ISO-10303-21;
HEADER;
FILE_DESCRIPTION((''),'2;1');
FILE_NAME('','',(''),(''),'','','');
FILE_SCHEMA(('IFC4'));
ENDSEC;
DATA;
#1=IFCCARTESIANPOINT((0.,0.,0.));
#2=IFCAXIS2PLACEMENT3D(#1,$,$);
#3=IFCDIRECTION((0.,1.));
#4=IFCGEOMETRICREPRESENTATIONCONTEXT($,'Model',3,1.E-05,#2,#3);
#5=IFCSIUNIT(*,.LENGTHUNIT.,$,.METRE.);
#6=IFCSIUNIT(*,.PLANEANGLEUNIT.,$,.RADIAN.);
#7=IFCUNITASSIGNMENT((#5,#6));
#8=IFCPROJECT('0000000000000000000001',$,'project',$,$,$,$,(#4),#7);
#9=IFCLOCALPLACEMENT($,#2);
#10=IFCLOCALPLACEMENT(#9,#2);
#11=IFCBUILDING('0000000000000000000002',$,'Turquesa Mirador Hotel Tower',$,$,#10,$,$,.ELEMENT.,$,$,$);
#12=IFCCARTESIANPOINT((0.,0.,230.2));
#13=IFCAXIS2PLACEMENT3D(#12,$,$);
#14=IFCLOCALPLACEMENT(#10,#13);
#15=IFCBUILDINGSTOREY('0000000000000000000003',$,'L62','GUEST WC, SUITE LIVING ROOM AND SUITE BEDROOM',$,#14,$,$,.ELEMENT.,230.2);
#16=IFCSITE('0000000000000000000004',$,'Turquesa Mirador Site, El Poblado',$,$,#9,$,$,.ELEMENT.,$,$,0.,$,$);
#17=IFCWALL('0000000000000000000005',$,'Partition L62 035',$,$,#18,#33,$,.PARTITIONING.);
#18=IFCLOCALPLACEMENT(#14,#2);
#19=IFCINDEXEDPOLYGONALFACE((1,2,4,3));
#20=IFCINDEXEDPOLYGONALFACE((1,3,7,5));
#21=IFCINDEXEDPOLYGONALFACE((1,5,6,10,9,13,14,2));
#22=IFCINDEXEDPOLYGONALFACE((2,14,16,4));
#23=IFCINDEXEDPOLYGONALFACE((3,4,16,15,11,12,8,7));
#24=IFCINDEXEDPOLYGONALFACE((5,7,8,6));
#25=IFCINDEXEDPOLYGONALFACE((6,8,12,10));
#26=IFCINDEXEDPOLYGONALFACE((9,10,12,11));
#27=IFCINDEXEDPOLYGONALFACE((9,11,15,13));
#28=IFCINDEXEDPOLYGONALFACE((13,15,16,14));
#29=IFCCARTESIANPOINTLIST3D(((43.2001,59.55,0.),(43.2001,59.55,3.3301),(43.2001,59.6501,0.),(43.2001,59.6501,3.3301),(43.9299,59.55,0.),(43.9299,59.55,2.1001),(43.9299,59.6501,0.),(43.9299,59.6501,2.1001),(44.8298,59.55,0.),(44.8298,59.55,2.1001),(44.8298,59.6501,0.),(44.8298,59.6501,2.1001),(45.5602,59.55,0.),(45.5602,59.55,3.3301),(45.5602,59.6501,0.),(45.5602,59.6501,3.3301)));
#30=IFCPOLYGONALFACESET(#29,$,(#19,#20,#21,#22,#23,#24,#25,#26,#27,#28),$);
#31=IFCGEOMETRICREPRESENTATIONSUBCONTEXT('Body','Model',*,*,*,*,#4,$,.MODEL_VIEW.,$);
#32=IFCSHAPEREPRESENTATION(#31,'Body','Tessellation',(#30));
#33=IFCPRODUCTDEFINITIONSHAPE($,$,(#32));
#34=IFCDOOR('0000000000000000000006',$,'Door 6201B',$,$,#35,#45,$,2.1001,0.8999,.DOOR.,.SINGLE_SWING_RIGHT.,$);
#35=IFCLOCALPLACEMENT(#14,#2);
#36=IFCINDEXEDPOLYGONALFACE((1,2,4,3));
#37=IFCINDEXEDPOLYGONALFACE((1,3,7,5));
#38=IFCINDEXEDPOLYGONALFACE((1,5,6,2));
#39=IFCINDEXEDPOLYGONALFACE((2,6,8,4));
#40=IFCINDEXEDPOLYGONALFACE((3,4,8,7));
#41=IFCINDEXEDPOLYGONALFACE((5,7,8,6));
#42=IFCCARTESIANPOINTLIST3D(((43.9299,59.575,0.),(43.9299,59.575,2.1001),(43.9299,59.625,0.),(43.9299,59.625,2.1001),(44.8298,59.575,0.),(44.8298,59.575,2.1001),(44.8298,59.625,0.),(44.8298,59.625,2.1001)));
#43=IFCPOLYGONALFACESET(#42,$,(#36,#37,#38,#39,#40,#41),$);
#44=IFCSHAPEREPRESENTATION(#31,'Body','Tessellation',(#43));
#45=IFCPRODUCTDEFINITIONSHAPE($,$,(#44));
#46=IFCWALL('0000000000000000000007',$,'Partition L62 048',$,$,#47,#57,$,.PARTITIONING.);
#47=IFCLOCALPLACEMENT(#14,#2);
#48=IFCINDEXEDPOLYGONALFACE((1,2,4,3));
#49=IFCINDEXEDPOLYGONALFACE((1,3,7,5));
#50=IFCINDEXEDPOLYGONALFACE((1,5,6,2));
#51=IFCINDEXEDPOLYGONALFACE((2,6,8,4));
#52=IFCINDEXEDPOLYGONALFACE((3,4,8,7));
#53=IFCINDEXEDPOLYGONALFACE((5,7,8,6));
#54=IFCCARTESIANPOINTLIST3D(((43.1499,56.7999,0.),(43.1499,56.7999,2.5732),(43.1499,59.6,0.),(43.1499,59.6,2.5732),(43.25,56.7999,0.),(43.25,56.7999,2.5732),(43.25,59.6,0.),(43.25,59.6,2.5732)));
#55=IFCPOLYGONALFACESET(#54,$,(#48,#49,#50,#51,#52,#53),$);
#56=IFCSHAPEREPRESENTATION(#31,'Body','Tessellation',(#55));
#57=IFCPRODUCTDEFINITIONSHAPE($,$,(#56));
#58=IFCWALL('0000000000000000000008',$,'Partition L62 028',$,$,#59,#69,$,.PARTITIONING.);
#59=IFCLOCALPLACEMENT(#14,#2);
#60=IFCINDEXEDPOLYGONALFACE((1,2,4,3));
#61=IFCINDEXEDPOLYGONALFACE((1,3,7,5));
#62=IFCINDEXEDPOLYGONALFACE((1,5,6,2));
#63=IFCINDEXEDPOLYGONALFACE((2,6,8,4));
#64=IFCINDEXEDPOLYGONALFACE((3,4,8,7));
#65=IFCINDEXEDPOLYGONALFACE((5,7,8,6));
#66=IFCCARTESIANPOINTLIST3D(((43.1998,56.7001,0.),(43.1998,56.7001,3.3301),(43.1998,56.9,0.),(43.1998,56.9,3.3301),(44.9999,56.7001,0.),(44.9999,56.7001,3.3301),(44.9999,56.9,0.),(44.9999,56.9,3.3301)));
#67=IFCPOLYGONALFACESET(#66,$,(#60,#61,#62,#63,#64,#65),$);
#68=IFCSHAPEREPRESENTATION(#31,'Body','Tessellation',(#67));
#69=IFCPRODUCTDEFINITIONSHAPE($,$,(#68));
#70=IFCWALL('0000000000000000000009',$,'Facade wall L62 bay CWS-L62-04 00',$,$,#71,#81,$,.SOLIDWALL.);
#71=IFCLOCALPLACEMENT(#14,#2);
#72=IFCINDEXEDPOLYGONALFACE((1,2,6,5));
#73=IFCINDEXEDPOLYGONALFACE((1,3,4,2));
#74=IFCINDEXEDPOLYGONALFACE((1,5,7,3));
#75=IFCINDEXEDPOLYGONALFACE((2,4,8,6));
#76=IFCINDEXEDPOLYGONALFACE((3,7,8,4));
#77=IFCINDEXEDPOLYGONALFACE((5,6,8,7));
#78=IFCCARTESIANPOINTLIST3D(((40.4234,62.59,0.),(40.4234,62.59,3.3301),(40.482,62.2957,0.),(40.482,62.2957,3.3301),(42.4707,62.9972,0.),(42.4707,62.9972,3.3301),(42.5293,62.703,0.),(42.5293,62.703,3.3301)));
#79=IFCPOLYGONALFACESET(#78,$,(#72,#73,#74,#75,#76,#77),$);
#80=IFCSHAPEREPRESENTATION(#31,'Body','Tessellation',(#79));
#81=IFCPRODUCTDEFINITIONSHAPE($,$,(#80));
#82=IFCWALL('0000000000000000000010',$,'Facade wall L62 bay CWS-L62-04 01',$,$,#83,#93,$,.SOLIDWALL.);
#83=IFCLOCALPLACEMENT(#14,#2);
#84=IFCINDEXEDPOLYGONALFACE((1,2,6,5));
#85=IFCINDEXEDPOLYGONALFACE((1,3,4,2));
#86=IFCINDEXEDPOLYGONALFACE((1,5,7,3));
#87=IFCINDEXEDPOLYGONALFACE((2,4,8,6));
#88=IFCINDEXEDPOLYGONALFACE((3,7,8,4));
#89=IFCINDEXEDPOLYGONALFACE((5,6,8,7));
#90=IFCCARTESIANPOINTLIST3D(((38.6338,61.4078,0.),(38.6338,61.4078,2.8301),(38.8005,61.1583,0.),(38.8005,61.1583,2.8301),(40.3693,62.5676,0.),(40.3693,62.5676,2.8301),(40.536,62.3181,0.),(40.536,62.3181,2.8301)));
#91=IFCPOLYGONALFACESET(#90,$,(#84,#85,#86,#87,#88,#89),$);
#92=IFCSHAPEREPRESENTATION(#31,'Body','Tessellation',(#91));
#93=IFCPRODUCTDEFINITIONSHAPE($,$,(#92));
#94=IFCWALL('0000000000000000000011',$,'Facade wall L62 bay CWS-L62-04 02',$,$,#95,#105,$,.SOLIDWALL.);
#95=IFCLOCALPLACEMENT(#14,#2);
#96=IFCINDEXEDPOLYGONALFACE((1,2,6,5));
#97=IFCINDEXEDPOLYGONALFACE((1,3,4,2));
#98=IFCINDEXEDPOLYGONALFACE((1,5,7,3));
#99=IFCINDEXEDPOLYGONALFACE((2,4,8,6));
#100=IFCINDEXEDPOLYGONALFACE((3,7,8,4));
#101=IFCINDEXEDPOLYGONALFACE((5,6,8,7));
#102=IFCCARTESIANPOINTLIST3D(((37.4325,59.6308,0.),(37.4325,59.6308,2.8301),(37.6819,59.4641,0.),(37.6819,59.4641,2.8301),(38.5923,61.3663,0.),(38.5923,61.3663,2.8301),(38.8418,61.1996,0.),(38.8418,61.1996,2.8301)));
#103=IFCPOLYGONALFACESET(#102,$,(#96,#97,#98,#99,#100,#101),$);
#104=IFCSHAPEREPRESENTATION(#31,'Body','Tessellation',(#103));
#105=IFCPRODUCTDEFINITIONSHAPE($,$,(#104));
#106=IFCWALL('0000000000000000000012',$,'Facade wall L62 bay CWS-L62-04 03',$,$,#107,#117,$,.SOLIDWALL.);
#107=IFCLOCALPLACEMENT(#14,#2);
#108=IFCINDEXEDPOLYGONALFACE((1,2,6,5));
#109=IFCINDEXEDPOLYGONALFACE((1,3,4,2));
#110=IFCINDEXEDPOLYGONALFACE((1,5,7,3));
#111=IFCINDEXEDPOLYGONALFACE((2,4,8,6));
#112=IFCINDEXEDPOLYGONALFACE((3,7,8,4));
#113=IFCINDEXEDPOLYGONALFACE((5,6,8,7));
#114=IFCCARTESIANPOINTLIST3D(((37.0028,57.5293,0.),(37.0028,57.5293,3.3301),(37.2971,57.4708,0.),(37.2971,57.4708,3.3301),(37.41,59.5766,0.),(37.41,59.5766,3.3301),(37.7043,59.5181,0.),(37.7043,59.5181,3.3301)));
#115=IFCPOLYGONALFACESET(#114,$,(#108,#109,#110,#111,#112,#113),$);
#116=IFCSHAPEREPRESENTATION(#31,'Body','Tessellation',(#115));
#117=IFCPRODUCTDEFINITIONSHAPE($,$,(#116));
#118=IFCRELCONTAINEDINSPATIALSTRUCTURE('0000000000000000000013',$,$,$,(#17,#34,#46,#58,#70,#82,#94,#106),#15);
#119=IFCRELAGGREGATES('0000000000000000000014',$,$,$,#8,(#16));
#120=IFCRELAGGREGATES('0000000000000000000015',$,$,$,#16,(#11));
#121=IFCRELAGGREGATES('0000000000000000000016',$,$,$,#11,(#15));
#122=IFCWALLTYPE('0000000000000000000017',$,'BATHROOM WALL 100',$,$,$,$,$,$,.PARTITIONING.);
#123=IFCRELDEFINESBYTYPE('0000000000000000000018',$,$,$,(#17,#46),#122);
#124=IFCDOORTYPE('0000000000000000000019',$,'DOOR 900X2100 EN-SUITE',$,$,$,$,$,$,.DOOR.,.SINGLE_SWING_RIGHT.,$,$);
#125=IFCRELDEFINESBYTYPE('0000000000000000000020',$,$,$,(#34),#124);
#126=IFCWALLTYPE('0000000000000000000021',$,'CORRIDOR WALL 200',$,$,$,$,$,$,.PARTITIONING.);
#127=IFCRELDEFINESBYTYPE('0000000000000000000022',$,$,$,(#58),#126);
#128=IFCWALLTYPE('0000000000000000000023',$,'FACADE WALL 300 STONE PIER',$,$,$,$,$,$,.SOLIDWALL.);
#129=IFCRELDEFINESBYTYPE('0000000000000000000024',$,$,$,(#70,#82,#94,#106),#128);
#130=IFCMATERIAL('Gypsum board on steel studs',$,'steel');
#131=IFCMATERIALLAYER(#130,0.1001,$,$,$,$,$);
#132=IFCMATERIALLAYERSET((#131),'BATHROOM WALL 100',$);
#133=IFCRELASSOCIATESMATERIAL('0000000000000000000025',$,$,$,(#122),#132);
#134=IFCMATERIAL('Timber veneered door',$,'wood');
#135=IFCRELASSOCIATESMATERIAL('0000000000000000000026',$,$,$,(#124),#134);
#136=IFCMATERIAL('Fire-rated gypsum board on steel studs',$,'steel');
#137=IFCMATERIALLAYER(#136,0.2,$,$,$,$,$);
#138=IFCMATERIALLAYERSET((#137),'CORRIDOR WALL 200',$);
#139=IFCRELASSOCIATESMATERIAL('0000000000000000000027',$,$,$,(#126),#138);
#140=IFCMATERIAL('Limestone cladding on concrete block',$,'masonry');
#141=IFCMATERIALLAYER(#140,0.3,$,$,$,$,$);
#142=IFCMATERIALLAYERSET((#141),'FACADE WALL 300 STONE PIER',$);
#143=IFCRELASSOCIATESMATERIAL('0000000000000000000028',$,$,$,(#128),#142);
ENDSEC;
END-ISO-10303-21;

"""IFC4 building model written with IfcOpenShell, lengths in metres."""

from ifc_helpers import new_model, si_unit, direction, frame, frame_2d, origin, place, context, subcontext, project, spatial, rectangle, extrude, material, layer, layer_set, type_object, element, fill, save


model = new_model("IFC4")

# Units and contexts
model_context = context("Model", 3, precision=1e-05, world=origin(), true_north=direction((0.0, 1.0)))
body_context = subcontext(model_context, "Body", "Model", "MODEL_VIEW")
ifc_project = project(units=[si_unit("LENGTHUNIT", "METRE"), si_unit("PLANEANGLEUNIT", "RADIAN")], contexts=[model_context])

# Site, building, storey
site_placement = place(None, origin())
site = spatial("IfcSite", under=ifc_project, at=site_placement, Name="Turquesa Mirador Site, El Poblado", CompositionType="ELEMENT", RefElevation=0.0)
building_placement = place(site_placement, origin())
building = spatial("IfcBuilding", under=site, at=building_placement, Name="Turquesa Mirador Hotel Tower", CompositionType="ELEMENT")
storey_placement = place(building_placement, frame((0.0, 0.0, 230.2)))
storey = spatial("IfcBuildingStorey", under=building, at=storey_placement, Name="L62", Description="GUEST WC, SUITE LIVING ROOM AND SUITE BEDROOM", CompositionType="ELEMENT", Elevation=230.2)

# Wall, opening, door
ifc_material_1 = material(Name="Gypsum board on steel studs", Category="steel")
ifc_layer_1 = layer(ifc_material_1, 0.1001)
ifc_layer_set_1 = layer_set([ifc_layer_1], Name="BATHROOM WALL 100")
wall_type_1 = type_object("IfcWallType", Name="BATHROOM WALL 100", PredefinedType="PARTITIONING", material=ifc_layer_set_1)
wall_1_placement = place(storey_placement, frame((43.2, 59.6001, 0.0), z_axis=(0.0, 0.0, 1.0), x_axis=(1.0, 0.0, 0.0)))
wall_1 = element("IfcWall", 1, at=wall_1_placement, inside=storey, type_object=wall_type_1, Name="Partition L62 035", PredefinedType="PARTITIONING", context=body_context, shape_type="SweptSolid", body=[
    extrude(rectangle(XDim=2.3601, YDim=0.1001, at=frame_2d((1.1802, 0.0))), origin(), (0.0, 0.0, 1.0), 3.3301),
])
opening_placement = place(wall_1_placement, frame((0.73, 0.0, 0.0)))
opening = element("IfcOpeningElement", 2, at=opening_placement, cuts=wall_1, PredefinedType="OPENING", context=body_context, shape_type="SweptSolid", body=[
    extrude(rectangle(XDim=0.8999, YDim=2.1001, at=frame_2d((0.45, 1.05))), frame((0.0, 0.0601, 0.0), z_axis=(0.0, -1.0, 0.0), x_axis=(1.0, 0.0, 0.0)), (0.0, 0.0, 1.0), 0.1201),
])
ifc_material_2 = material(Name="Timber veneered door", Category="wood")
door_type = type_object("IfcDoorType", Name="DOOR 900X2100 EN-SUITE", OperationType="SINGLE_SWING_RIGHT", PredefinedType="DOOR", material=ifc_material_2)
door_placement = place(opening_placement, origin())
door = element("IfcDoor", 3, at=door_placement, inside=storey, type_object=door_type, Name="Door 6201B", OperationType="SINGLE_SWING_RIGHT", OverallHeight=2.1001, OverallWidth=0.8999, PredefinedType="DOOR", context=body_context, shape_type="SweptSolid", body=[
    extrude(rectangle(XDim=0.8999, YDim=2.1001, at=frame_2d((0.45, 1.05))), frame((0.0, 0.0249, 0.0), z_axis=(0.0, -1.0, 0.0), x_axis=(1.0, 0.0, 0.0)), (0.0, 0.0, 1.0), 0.05),
])
fill(opening, door)

# Walls
wall_2_placement = place(storey_placement, frame((43.2, 56.8, 0.0), z_axis=(0.0, 0.0, 1.0), x_axis=(0.0, 1.0, 0.0)))
element("IfcWall", 4, at=wall_2_placement, inside=storey, type_object=wall_type_1, Name="Partition L62 048", PredefinedType="PARTITIONING", context=body_context, shape_type="SweptSolid", body=[
    extrude(rectangle(XDim=2.8, YDim=0.1001, at=frame_2d((1.3999, 0.0))), origin(), (0.0, 0.0, 1.0), 2.5732),
])
ifc_material_3 = material(Name="Fire-rated gypsum board on steel studs", Category="steel")
ifc_layer_2 = layer(ifc_material_3, 0.2)
ifc_layer_set_2 = layer_set([ifc_layer_2], Name="CORRIDOR WALL 200")
wall_type_2 = type_object("IfcWallType", Name="CORRIDOR WALL 200", PredefinedType="PARTITIONING", material=ifc_layer_set_2)
wall_3_placement = place(storey_placement, frame((43.2, 56.8, 0.0), z_axis=(0.0, 0.0, 1.0), x_axis=(1.0, 0.0, 0.0)))
element("IfcWall", 5, at=wall_3_placement, inside=storey, type_object=wall_type_2, Name="Partition L62 028", PredefinedType="PARTITIONING", context=body_context, shape_type="SweptSolid", body=[
    extrude(rectangle(XDim=1.8, YDim=0.2, at=frame_2d((0.8999, 0.0))), origin(), (0.0, 0.0, 1.0), 3.3301),
])
ifc_material_4 = material(Name="Limestone cladding on concrete block", Category="masonry")
ifc_layer_3 = layer(ifc_material_4, 0.3)
ifc_layer_set_3 = layer_set([ifc_layer_3], Name="FACADE WALL 300 STONE PIER")
wall_type_3 = type_object("IfcWallType", Name="FACADE WALL 300 STONE PIER", PredefinedType="SOLIDWALL", material=ifc_layer_set_3)
wall_4_placement = place(storey_placement, frame((42.5, 62.8501, 0.0), z_axis=(0.0, 0.0, 1.0), x_axis=(-0.980787, -0.195081, 0.0)))
element("IfcWall", 6, at=wall_4_placement, inside=storey, type_object=wall_type_3, Name="Facade wall L62 bay CWS-L62-04 00", PredefinedType="SOLIDWALL", context=body_context, shape_type="SweptSolid", body=[
    extrude(rectangle(XDim=2.0874, YDim=0.3, at=frame_2d((1.0437, 0.0))), origin(), (0.0, 0.0, 1.0), 3.3301),
])
for number, where, z_axis, x_axis, name in (
    (7, (40.4526, 62.4429, 0.0), (0.0, 0.0, 1.0), (-0.83142, -0.555644, 0.0), "Facade wall L62 bay CWS-L62-04 01"),
    (8, (38.717, 61.283, 0.0), (0.0, 0.0, 1.0), (-0.555644, -0.83142, 0.0), "Facade wall L62 bay CWS-L62-04 02"),
):
    element("IfcWall", number, at=place(storey_placement, frame(where, z_axis=z_axis, x_axis=x_axis)), inside=storey, type_object=wall_type_3, Name=name, PredefinedType="SOLIDWALL", context=body_context, shape_type="SweptSolid", body=[
        extrude(rectangle(XDim=2.0874, YDim=0.3, at=frame_2d((1.0437, 0.0))), origin(), (0.0, 0.0, 1.0), 2.8301),
    ])
wall_5_placement = place(storey_placement, frame((37.5571, 59.5474, 0.0), z_axis=(0.0, 0.0, 1.0), x_axis=(-0.195081, -0.980787, 0.0)))
element("IfcWall", 9, at=wall_5_placement, inside=storey, type_object=wall_type_3, Name="Facade wall L62 bay CWS-L62-04 03", PredefinedType="SOLIDWALL", context=body_context, shape_type="SweptSolid", body=[
    extrude(rectangle(XDim=2.0874, YDim=0.3, at=frame_2d((1.0437, 0.0))), origin(), (0.0, 0.0, 1.0), 3.3301),
])

save(model, "model.ifc")
